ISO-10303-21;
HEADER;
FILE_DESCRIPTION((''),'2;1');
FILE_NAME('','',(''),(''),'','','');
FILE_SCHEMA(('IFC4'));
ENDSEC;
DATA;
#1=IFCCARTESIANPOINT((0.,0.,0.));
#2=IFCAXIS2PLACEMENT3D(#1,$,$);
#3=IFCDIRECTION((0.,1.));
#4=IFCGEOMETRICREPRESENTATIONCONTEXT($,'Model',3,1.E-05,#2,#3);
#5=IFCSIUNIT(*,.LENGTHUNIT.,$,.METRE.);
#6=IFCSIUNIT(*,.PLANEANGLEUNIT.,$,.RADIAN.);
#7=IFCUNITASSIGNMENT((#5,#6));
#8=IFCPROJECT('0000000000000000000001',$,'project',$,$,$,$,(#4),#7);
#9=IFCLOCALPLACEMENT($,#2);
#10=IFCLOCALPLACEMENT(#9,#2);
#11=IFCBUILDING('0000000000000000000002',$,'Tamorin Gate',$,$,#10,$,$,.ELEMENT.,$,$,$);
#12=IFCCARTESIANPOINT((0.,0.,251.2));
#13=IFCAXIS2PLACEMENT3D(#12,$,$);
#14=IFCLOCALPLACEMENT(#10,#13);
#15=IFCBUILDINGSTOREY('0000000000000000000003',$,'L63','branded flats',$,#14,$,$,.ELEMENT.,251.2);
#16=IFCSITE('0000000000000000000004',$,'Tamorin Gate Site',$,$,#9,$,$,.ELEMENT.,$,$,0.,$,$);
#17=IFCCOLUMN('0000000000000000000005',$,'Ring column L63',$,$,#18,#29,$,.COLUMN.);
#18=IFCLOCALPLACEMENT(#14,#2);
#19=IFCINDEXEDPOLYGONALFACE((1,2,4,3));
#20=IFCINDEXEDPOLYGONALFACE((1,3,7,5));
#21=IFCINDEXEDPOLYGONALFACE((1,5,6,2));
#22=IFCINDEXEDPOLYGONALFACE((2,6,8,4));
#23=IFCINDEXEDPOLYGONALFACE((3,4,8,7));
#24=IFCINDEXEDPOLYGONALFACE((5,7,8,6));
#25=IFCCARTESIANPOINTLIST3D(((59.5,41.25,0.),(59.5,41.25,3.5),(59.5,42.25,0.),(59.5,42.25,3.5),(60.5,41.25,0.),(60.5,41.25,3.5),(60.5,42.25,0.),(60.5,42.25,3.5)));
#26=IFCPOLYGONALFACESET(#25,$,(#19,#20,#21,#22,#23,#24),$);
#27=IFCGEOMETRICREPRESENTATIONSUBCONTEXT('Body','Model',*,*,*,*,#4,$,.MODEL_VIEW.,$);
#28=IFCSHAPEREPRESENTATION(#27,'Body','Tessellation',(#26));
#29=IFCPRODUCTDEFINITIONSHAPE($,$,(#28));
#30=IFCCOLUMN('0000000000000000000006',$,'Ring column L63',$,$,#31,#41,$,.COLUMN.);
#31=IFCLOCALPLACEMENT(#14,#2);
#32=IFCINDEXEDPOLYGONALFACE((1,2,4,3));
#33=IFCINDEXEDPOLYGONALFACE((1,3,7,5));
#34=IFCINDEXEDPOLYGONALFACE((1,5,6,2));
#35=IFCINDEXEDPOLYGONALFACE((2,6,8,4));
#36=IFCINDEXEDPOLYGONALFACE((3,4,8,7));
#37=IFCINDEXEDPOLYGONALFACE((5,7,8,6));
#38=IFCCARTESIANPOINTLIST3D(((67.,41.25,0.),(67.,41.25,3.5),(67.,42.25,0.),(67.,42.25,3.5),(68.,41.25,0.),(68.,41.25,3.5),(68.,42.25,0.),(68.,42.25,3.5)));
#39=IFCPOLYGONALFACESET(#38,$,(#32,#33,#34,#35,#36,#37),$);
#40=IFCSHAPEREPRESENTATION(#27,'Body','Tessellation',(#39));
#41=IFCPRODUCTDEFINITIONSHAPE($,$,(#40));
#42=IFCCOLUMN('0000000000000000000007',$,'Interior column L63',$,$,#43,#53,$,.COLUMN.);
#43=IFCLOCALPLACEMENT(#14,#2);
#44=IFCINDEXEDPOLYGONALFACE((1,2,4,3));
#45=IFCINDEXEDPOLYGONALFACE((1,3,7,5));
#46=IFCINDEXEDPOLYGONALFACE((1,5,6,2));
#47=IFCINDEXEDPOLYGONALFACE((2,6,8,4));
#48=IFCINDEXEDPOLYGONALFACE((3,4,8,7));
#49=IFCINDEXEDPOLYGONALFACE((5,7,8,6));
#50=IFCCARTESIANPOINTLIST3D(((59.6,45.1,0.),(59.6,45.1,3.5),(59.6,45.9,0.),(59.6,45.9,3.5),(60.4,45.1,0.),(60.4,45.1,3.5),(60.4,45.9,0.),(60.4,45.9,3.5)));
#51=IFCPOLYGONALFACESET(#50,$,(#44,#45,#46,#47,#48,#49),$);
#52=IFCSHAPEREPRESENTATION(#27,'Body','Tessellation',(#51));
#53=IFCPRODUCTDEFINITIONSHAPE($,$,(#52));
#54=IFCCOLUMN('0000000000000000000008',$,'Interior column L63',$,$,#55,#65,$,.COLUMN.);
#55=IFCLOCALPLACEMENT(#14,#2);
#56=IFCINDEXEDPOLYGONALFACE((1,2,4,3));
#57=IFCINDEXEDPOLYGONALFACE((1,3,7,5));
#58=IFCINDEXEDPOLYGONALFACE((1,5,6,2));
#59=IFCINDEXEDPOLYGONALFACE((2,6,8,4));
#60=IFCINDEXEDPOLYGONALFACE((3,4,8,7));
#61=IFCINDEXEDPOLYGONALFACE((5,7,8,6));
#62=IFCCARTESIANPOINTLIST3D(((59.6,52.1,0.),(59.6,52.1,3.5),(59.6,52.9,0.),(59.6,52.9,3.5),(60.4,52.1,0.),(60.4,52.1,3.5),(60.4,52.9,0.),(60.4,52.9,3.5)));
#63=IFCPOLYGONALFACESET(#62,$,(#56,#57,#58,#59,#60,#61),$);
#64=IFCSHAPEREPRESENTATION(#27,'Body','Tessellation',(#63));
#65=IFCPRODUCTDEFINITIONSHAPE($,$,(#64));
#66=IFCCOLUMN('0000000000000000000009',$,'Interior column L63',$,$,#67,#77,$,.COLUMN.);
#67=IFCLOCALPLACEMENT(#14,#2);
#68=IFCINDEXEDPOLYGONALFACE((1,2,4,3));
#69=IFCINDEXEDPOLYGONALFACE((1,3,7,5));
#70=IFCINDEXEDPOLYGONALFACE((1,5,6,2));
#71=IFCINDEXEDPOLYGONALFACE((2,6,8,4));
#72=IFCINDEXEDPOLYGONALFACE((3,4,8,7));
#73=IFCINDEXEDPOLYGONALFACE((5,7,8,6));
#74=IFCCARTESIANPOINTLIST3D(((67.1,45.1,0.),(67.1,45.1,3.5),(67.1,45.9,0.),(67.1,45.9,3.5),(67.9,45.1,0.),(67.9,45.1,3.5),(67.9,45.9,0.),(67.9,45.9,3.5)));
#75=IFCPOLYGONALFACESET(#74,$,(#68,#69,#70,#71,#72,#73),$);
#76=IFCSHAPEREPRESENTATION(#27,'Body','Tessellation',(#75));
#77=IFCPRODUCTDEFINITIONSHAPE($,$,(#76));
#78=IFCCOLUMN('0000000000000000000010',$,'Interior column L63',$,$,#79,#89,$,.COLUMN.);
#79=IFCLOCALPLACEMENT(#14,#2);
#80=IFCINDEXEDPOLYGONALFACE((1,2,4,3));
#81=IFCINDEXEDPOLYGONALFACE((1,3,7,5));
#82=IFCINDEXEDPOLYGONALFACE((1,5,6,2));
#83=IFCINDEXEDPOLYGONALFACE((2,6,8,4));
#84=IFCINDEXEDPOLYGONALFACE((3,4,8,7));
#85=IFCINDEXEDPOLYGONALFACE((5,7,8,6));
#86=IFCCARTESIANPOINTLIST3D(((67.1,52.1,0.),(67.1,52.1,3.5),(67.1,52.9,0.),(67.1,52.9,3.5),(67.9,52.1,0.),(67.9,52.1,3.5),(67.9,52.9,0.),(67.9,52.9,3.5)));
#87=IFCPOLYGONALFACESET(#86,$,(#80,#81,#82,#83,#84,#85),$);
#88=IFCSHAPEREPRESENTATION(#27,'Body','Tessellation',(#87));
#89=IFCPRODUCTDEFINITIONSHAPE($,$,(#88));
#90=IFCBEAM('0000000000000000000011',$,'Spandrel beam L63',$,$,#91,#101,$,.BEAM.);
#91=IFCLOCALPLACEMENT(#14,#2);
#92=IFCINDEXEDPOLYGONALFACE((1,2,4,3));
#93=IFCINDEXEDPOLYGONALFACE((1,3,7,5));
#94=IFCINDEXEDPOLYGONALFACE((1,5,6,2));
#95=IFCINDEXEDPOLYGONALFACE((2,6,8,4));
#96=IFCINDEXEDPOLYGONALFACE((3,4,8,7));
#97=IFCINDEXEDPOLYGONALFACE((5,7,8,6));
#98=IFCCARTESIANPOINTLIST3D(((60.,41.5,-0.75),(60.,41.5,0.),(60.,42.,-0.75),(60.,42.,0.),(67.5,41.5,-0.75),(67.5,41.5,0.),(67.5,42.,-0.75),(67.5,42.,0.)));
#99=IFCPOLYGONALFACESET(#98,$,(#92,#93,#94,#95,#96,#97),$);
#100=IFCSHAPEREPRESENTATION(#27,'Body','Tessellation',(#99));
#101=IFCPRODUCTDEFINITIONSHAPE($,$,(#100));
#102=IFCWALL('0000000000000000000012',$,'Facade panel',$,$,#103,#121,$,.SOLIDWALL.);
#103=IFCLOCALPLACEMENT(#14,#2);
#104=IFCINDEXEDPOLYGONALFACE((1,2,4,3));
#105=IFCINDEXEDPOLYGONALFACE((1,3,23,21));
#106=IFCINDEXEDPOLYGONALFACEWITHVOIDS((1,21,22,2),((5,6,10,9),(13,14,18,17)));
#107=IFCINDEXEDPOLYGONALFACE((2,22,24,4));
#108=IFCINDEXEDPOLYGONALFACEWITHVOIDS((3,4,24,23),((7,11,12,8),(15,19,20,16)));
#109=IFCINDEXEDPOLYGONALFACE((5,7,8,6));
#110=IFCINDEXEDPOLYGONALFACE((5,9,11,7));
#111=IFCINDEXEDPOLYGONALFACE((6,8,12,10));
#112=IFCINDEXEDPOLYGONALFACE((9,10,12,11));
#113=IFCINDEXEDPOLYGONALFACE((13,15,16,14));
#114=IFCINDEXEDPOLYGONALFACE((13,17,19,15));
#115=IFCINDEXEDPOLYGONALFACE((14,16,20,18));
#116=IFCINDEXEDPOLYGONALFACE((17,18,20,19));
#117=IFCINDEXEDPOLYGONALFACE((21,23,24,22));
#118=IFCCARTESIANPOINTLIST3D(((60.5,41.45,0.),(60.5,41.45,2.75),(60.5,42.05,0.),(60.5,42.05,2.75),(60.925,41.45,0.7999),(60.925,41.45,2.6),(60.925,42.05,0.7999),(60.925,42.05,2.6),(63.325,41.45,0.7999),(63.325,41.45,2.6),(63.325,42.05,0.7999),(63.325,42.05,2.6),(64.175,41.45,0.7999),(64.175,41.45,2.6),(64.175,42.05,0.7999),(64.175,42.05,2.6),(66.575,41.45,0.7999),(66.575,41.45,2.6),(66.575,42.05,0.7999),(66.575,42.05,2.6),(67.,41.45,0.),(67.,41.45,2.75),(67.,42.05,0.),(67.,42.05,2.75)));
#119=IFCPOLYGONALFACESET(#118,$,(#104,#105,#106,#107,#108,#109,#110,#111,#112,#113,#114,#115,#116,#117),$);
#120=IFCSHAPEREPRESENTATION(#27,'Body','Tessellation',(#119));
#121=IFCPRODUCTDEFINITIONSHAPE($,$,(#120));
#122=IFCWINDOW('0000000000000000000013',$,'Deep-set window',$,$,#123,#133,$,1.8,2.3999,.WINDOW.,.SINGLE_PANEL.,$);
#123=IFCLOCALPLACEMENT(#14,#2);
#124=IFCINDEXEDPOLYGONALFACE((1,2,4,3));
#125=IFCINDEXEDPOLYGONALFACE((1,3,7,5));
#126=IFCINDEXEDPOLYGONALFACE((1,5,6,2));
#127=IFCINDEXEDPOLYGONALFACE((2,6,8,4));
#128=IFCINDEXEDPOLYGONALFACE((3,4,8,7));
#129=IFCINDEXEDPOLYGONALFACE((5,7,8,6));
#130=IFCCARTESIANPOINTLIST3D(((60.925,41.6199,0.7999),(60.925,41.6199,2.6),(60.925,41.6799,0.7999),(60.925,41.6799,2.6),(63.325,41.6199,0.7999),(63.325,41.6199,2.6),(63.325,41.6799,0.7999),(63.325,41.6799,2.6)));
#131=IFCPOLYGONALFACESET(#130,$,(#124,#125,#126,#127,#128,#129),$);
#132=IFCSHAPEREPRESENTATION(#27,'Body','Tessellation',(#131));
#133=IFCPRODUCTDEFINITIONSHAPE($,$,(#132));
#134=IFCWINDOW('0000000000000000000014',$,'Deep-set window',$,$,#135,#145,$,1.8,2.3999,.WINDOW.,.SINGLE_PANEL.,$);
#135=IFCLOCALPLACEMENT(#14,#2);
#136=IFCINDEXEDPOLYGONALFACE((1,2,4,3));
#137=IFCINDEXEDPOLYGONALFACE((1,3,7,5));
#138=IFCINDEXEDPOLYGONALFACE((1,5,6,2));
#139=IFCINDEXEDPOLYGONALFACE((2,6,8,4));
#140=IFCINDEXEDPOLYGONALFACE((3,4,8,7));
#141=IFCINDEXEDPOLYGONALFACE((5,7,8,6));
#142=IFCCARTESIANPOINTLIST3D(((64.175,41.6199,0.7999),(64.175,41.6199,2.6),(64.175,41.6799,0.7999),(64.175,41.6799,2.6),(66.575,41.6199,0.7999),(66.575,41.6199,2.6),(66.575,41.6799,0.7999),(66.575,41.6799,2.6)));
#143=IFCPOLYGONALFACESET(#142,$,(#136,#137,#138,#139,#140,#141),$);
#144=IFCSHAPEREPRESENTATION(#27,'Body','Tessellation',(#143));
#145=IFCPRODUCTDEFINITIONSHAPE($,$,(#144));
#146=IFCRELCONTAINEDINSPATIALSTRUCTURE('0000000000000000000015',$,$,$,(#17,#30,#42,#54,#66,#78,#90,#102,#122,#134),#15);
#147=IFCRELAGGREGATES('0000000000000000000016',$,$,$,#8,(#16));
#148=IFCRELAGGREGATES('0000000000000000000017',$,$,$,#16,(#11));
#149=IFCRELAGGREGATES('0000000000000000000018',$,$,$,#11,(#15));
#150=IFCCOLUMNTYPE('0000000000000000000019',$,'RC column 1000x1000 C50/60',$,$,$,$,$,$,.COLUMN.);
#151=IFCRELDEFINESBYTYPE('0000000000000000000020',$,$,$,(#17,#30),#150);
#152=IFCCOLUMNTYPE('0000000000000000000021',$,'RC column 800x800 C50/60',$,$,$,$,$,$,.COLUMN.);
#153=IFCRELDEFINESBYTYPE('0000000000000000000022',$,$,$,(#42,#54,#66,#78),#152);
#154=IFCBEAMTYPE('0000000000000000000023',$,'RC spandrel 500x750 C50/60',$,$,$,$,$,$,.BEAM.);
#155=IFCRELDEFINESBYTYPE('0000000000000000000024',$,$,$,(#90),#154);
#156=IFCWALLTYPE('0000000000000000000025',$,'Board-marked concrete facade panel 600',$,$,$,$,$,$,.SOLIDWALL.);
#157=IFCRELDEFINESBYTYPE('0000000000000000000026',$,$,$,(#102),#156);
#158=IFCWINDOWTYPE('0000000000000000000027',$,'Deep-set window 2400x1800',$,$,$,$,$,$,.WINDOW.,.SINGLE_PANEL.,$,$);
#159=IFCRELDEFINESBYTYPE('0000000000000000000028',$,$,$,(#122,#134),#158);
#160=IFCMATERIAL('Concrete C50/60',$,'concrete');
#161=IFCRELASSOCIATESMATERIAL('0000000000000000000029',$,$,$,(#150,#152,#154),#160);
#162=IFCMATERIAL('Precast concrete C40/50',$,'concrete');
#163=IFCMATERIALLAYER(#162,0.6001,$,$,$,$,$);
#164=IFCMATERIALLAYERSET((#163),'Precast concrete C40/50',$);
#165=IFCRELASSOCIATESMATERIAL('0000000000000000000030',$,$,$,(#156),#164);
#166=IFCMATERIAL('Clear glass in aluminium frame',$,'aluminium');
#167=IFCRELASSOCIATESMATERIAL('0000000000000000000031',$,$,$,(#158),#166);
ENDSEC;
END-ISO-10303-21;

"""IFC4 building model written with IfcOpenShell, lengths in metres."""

from ifc_helpers import new_model, si_unit, direction, frame, frame_2d, origin, origin_2d, place, context, subcontext, project, spatial, rectangle, extrude, material, layer, layer_set, material_profile, profile_set, type_object, element, fill, save


model = new_model("IFC4")

# Units and contexts
model_context = context("Model", 3, precision=1e-05, world=origin(), true_north=direction((0.0, 1.0)))
body_context = subcontext(model_context, "Body", "Model", "MODEL_VIEW")
ifc_project = project(units=[si_unit("LENGTHUNIT", "METRE"), si_unit("PLANEANGLEUNIT", "RADIAN")], contexts=[model_context])

# Site, building, storey
site_placement = place(None, origin())
site = spatial("IfcSite", under=ifc_project, at=site_placement, Name="Tamorin Gate Site", CompositionType="ELEMENT", RefElevation=0.0)
building_placement = place(site_placement, origin())
building = spatial("IfcBuilding", under=site, at=building_placement, Name="Tamorin Gate", CompositionType="ELEMENT")
storey_placement = place(building_placement, frame((0.0, 0.0, 251.2)))
storey = spatial("IfcBuildingStorey", under=building, at=storey_placement, Name="L63", Description="branded flats", CompositionType="ELEMENT", Elevation=251.2)

# Columns
ifc_material_1 = material(Name="Concrete C50/60", Category="concrete")
ifc_material_profile_1 = material_profile(ifc_material_1, rectangle(XDim=1.0, YDim=1.0, at=origin_2d()), Name="RC 1000x1000")
ifc_profile_set_1 = profile_set([ifc_material_profile_1], Name="Concrete C50/60")
column_type_1 = type_object("IfcColumnType", Name="RC column 1000x1000 C50/60", PredefinedType="COLUMN", material=ifc_profile_set_1)
for number, where, z_axis, x_axis, name in (
    (1, (60.0, 41.75, 0.0), (0.0, 0.0, 1.0), (1.0, 0.0, 0.0), "Ring column L63"),
    (2, (67.5, 41.75, 0.0), (0.0, 0.0, 1.0), (1.0, 0.0, 0.0), "Ring column L63"),
):
    element("IfcColumn", number, at=place(storey_placement, frame(where, z_axis=z_axis, x_axis=x_axis)), inside=storey, type_object=column_type_1, Name=name, PredefinedType="COLUMN", context=body_context, shape_type="SweptSolid", body=[
        extrude(rectangle(XDim=1.0, YDim=1.0, at=origin_2d()), origin(), (0.0, 0.0, 1.0), 3.5),
    ])
ifc_material_profile_2 = material_profile(ifc_material_1, rectangle(XDim=0.8, YDim=0.8, at=origin_2d()), Name="RC 800x800")
ifc_profile_set_2 = profile_set([ifc_material_profile_2], Name="Concrete C50/60")
column_type_2 = type_object("IfcColumnType", Name="RC column 800x800 C50/60", PredefinedType="COLUMN", material=ifc_profile_set_2)
for number, where, z_axis, x_axis, name in (
    (3, (60.0, 45.5, 0.0), (0.0, 0.0, 1.0), (1.0, 0.0, 0.0), "Interior column L63"),
    (4, (60.0, 52.5, 0.0), (0.0, 0.0, 1.0), (1.0, 0.0, 0.0), "Interior column L63"),
    (5, (67.5, 45.5, 0.0), (0.0, 0.0, 1.0), (1.0, 0.0, 0.0), "Interior column L63"),
    (6, (67.5, 52.5, 0.0), (0.0, 0.0, 1.0), (1.0, 0.0, 0.0), "Interior column L63"),
):
    element("IfcColumn", number, at=place(storey_placement, frame(where, z_axis=z_axis, x_axis=x_axis)), inside=storey, type_object=column_type_2, Name=name, PredefinedType="COLUMN", context=body_context, shape_type="SweptSolid", body=[
        extrude(rectangle(XDim=0.8, YDim=0.8, at=origin_2d()), origin(), (0.0, 0.0, 1.0), 3.5),
    ])

# Beam
ifc_material_profile_3 = material_profile(ifc_material_1, rectangle(XDim=0.5, YDim=0.75, at=origin_2d()), Name="RC 500x750")
ifc_profile_set_3 = profile_set([ifc_material_profile_3], Name="Concrete C50/60")
beam_type = type_object("IfcBeamType", Name="RC spandrel 500x750 C50/60", PredefinedType="BEAM", material=ifc_profile_set_3)
beam_placement = place(storey_placement, frame((60.0, 41.75, -0.375), z_axis=(1.0, 0.0, 0.0), x_axis=(0.0, 1.0, 0.0)))
element("IfcBeam", 7, at=beam_placement, inside=storey, type_object=beam_type, Name="Spandrel beam L63", PredefinedType="BEAM", context=body_context, shape_type="SweptSolid", body=[
    extrude(rectangle(XDim=0.5, YDim=0.75, at=origin_2d()), origin(), (0.0, 0.0, 1.0), 7.5),
])

# Wall, openings, windows
ifc_material_2 = material(Name="Precast concrete C40/50", Category="concrete")
ifc_layer_1 = layer(ifc_material_2, 0.6001)
ifc_layer_set_1 = layer_set([ifc_layer_1], Name="Precast concrete C40/50")
wall_type_1 = type_object("IfcWallType", Name="Board-marked concrete facade panel 600", PredefinedType="SOLIDWALL", material=ifc_layer_set_1)
wall_1_placement = place(storey_placement, frame((60.5, 41.75, 0.0), z_axis=(0.0, 0.0, 1.0), x_axis=(1.0, 0.0, 0.0)))
wall_1 = element("IfcWall", 8, at=wall_1_placement, inside=storey, type_object=wall_type_1, Name="Facade panel", PredefinedType="SOLIDWALL", context=body_context, shape_type="SweptSolid", body=[
    extrude(rectangle(XDim=6.5, YDim=0.6001, at=frame_2d((3.25, 0.0))), origin(), (0.0, 0.0, 1.0), 2.75),
])
opening_1_placement = place(wall_1_placement, frame((0.425, 0.0, 0.8)))
opening_1 = element("IfcOpeningElement", 9, at=opening_1_placement, cuts=wall_1, PredefinedType="OPENING", context=body_context, shape_type="SweptSolid", body=[
    extrude(rectangle(XDim=2.3999, YDim=1.8, at=frame_2d((1.2, 0.8999))), frame((0.0, 0.3101, 0.0), z_axis=(0.0, -1.0, 0.0), x_axis=(1.0, 0.0, 0.0)), (0.0, 0.0, 1.0), 0.6201),
])
opening_2_placement = place(wall_1_placement, frame((3.675, 0.0, 0.8)))
opening_2 = element("IfcOpeningElement", 10, at=opening_2_placement, cuts=wall_1, PredefinedType="OPENING", context=body_context, shape_type="SweptSolid", body=[
    extrude(rectangle(XDim=2.3999, YDim=1.8, at=frame_2d((1.2, 0.8999))), frame((0.0, 0.3101, 0.0), z_axis=(0.0, -1.0, 0.0), x_axis=(1.0, 0.0, 0.0)), (0.0, 0.0, 1.0), 0.6201),
])
ifc_material_3 = material(Name="Clear glass in aluminium frame", Category="aluminium")
window_type = type_object("IfcWindowType", Name="Deep-set window 2400x1800", PartitioningType="SINGLE_PANEL", PredefinedType="WINDOW", material=ifc_material_3)
window_1_placement = place(opening_1_placement, origin())
window_1 = element("IfcWindow", 11, at=window_1_placement, inside=storey, type_object=window_type, Name="Deep-set window", OverallHeight=1.8, OverallWidth=2.3999, PartitioningType="SINGLE_PANEL", PredefinedType="WINDOW", context=body_context, shape_type="SweptSolid", body=[
    extrude(rectangle(XDim=2.3999, YDim=1.8, at=frame_2d((1.2, 0.8999))), frame((0.0, -0.0701, 0.0), z_axis=(0.0, -1.0, 0.0), x_axis=(1.0, 0.0, 0.0)), (0.0, 0.0, 1.0), 0.0601),
])
fill(opening_1, window_1)
window_2_placement = place(opening_2_placement, origin())
window_2 = element("IfcWindow", 12, at=window_2_placement, inside=storey, type_object=window_type, Name="Deep-set window", OverallHeight=1.8, OverallWidth=2.3999, PartitioningType="SINGLE_PANEL", PredefinedType="WINDOW", context=body_context, shape_type="SweptSolid", body=[
    extrude(rectangle(XDim=2.3999, YDim=1.8, at=frame_2d((1.2, 0.8999))), frame((0.0, -0.0701, 0.0), z_axis=(0.0, -1.0, 0.0), x_axis=(1.0, 0.0, 0.0)), (0.0, 0.0, 1.0), 0.0601),
])
fill(opening_2, window_2)

save(model, "model.ifc")
